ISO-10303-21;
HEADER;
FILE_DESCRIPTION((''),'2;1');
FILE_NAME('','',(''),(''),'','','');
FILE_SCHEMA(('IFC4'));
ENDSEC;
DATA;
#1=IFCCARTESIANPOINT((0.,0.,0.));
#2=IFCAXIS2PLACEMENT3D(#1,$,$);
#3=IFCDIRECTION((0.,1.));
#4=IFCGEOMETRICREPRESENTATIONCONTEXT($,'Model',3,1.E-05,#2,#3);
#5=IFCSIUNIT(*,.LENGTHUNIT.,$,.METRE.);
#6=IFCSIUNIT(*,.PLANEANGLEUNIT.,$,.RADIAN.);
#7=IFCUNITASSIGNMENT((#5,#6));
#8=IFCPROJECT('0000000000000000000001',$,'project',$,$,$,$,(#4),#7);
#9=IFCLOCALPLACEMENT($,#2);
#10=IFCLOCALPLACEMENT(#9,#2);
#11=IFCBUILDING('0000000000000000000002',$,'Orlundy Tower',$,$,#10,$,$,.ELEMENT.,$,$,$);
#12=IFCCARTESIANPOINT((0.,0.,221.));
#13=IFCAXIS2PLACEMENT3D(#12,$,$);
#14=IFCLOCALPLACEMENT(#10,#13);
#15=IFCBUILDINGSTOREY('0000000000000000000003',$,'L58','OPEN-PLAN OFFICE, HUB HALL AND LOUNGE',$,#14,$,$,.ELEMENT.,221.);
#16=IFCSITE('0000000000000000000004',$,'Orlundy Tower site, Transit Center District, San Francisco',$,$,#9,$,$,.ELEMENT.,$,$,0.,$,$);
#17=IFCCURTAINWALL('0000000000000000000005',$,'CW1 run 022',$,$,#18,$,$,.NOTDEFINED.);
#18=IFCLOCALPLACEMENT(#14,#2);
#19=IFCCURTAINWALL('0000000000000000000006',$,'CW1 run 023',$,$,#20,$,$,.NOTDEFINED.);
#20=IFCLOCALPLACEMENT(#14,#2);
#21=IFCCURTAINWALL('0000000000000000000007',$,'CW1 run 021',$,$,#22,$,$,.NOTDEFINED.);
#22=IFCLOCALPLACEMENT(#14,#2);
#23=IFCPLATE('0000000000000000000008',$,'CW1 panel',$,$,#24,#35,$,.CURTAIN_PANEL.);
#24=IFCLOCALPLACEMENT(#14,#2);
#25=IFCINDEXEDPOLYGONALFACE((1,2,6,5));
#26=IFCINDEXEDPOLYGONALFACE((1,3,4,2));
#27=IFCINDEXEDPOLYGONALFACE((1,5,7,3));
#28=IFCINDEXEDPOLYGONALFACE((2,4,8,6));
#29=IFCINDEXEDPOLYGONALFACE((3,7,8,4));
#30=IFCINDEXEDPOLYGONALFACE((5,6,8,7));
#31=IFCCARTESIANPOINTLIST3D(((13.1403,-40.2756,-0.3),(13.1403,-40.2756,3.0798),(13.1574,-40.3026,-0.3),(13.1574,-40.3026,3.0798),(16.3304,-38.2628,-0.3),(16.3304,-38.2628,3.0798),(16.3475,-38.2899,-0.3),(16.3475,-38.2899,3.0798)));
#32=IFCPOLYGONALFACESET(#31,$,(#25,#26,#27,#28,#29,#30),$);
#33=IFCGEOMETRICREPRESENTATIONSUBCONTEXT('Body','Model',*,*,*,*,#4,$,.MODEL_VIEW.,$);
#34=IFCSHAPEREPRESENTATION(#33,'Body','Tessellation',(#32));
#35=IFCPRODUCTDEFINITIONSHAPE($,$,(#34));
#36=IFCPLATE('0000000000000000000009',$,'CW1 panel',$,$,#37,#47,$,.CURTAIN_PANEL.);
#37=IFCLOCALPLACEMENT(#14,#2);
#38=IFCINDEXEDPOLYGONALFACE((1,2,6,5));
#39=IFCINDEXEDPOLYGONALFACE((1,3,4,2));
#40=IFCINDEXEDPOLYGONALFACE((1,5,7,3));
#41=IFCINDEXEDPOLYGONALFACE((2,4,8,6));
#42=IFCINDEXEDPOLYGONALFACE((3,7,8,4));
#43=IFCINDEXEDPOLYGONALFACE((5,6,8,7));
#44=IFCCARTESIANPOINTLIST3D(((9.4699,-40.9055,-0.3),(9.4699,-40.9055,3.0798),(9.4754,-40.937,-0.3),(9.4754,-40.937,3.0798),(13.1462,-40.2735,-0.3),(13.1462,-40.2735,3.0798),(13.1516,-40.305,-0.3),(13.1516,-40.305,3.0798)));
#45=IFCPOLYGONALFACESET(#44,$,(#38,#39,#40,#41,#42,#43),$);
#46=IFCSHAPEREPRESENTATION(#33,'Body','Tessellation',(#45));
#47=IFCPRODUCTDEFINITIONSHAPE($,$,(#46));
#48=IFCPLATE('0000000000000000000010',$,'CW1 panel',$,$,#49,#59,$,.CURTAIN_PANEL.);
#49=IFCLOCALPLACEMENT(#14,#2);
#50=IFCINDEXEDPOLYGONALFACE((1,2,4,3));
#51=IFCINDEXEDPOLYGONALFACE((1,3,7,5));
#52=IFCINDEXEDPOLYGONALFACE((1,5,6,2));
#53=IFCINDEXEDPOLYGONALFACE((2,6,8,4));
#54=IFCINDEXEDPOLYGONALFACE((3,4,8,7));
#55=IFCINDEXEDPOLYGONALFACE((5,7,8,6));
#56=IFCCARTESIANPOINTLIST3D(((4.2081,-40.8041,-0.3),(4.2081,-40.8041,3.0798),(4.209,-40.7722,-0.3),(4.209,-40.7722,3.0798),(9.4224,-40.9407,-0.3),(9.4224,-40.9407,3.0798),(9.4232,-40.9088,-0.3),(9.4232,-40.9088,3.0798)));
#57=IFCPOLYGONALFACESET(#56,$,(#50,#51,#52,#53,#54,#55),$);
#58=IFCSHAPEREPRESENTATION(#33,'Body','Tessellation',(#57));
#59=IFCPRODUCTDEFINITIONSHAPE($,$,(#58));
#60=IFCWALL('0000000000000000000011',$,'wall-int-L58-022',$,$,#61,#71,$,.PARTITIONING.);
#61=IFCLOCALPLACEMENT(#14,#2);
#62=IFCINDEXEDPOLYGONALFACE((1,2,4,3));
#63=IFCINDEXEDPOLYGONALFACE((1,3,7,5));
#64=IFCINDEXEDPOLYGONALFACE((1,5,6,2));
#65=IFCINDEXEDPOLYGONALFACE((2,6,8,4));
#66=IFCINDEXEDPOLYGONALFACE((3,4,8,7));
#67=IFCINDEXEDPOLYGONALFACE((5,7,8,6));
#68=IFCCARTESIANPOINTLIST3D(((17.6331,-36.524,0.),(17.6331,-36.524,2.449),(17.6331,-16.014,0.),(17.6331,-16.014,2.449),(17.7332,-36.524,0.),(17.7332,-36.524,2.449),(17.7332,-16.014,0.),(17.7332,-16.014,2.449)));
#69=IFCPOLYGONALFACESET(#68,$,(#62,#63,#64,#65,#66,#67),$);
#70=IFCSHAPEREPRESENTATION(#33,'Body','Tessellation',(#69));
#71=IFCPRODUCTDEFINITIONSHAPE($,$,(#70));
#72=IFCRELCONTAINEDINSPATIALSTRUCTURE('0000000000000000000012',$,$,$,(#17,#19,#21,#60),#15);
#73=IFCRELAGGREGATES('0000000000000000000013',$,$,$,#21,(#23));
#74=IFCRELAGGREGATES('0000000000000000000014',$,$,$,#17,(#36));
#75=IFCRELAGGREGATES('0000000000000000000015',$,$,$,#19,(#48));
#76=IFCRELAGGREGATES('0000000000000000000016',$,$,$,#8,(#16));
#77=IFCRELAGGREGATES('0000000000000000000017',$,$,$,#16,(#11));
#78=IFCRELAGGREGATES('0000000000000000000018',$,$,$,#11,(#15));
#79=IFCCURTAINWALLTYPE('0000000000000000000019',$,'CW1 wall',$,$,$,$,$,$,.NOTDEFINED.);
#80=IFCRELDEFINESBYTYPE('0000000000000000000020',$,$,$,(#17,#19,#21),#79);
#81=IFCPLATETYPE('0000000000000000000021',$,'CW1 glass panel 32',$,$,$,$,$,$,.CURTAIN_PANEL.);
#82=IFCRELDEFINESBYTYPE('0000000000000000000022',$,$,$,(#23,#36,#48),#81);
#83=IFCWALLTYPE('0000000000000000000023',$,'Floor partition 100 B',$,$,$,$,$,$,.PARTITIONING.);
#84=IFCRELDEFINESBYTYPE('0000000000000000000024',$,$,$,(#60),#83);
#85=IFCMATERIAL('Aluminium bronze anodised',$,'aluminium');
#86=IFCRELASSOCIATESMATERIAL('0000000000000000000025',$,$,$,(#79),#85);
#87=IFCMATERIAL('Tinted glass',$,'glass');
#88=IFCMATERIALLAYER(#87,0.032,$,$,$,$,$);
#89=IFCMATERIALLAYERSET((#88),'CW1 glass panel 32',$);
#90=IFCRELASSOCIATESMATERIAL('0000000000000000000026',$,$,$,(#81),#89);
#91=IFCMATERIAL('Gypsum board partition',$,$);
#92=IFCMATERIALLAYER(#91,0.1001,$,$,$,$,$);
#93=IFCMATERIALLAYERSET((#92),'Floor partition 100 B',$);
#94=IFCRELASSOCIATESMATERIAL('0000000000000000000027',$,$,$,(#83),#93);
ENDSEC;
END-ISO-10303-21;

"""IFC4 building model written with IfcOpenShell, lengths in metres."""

from ifc_helpers import new_model, si_unit, direction, frame, frame_2d, origin, origin_2d, place, context, subcontext, project, spatial, rectangle, extrude, material, layer, layer_set, type_object, element, aggregate, save


model = new_model("IFC4")

# Units and contexts
model_context = context("Model", 3, precision=1e-05, world=origin(), true_north=direction((0.0, 1.0)))
body_context = subcontext(model_context, "Body", "Model", "MODEL_VIEW")
ifc_project = project(units=[si_unit("LENGTHUNIT", "METRE"), si_unit("PLANEANGLEUNIT", "RADIAN")], contexts=[model_context])

# Site, building, storey
site_placement = place(None, origin())
site = spatial("IfcSite", under=ifc_project, at=site_placement, Name="Orlundy Tower site, Transit Center District, San Francisco", CompositionType="ELEMENT", RefElevation=0.0)
building_placement = place(site_placement, origin())
building = spatial("IfcBuilding", under=site, at=building_placement, Name="Orlundy Tower", CompositionType="ELEMENT")
storey_placement = place(building_placement, frame((0.0, 0.0, 221.0)))
storey = spatial("IfcBuildingStorey", under=building, at=storey_placement, Name="L58", Description="OPEN-PLAN OFFICE, HUB HALL AND LOUNGE", CompositionType="ELEMENT", Elevation=221.0)

# Curtain walls
ifc_material_1 = material(Name="Aluminium bronze anodised", Category="aluminium")
curtain_wall_type = type_object("IfcCurtainWallType", Name="CW1 wall", PredefinedType="NOTDEFINED", material=ifc_material_1)
curtain_wall_1_placement = place(storey_placement, origin())
curtain_wall_1 = element("IfcCurtainWall", 1, at=curtain_wall_1_placement, inside=storey, type_object=curtain_wall_type, Name="CW1 run 022", PredefinedType="NOTDEFINED")
curtain_wall_2_placement = place(storey_placement, origin())
curtain_wall_2 = element("IfcCurtainWall", 2, at=curtain_wall_2_placement, inside=storey, type_object=curtain_wall_type, Name="CW1 run 023", PredefinedType="NOTDEFINED")

# Curtain wall
curtain_wall_3_placement = place(storey_placement, origin())
curtain_wall_3 = element("IfcCurtainWall", 3, at=curtain_wall_3_placement, inside=storey, type_object=curtain_wall_type, Name="CW1 run 021", PredefinedType="NOTDEFINED")

# Plates
ifc_material_2 = material(Name="Tinted glass", Category="glass")
ifc_layer_1 = layer(ifc_material_2, 0.032)
ifc_layer_set_1 = layer_set([ifc_layer_1], Name="CW1 glass panel 32")
plate_type = type_object("IfcPlateType", Name="CW1 glass panel 32", PredefinedType="CURTAIN_PANEL", material=ifc_layer_set_1)
plate_1_placement = place(storey_placement, frame((14.7439, -39.2827, -0.3), z_axis=(0.0, 0.0, 1.0), x_axis=(-0.845732, -0.533607, 0.0)))
plate_1 = element("IfcPlate", 4, at=plate_1_placement, type_object=plate_type, Name="CW1 panel", PredefinedType="CURTAIN_PANEL", context=body_context, shape_type="SweptSolid", body=[
    extrude(rectangle(XDim=3.772, YDim=0.032, at=origin_2d()), origin(), (0.0, 0.0, 1.0), 3.3799),
])
aggregate(curtain_wall_3, [plate_1])
plate_2_placement = place(storey_placement, frame((11.3108, -40.6052, -0.3), z_axis=(0.0, 0.0, 1.0), x_axis=(-0.985543, -0.169428, 0.0)))
plate_2 = element("IfcPlate", 5, at=plate_2_placement, type_object=plate_type, Name="CW1 panel", PredefinedType="CURTAIN_PANEL", context=body_context, shape_type="SweptSolid", body=[
    extrude(rectangle(XDim=3.7302, YDim=0.032, at=origin_2d()), origin(), (0.0, 0.0, 1.0), 3.3799),
])
aggregate(curtain_wall_1, [plate_2])
plate_3_placement = place(storey_placement, frame((6.8157, -40.8564, -0.3), z_axis=(0.0, 0.0, 1.0), x_axis=(-0.999657, 0.02619, 0.0)))
plate_3 = element("IfcPlate", 6, at=plate_3_placement, type_object=plate_type, Name="CW1 panel", PredefinedType="CURTAIN_PANEL", context=body_context, shape_type="SweptSolid", body=[
    extrude(rectangle(XDim=5.2161, YDim=0.032, at=origin_2d()), origin(), (0.0, 0.0, 1.0), 3.3799),
])
aggregate(curtain_wall_2, [plate_3])

# Wall
ifc_material_3 = material(Name="Gypsum board partition")
ifc_layer_2 = layer(ifc_material_3, 0.1001)
ifc_layer_set_2 = layer_set([ifc_layer_2], Name="Floor partition 100 B")
wall_type = type_object("IfcWallType", Name="Floor partition 100 B", PredefinedType="PARTITIONING", material=ifc_layer_set_2)
wall_placement = place(storey_placement, frame((17.6831, -36.5239, 0.0), z_axis=(0.0, 0.0, 1.0), x_axis=(0.0, 1.0, 0.0)))
element("IfcWall", 7, at=wall_placement, inside=storey, type_object=wall_type, Name="wall-int-L58-022", PredefinedType="PARTITIONING", context=body_context, shape_type="SweptSolid", body=[
    extrude(rectangle(XDim=20.51, YDim=0.1001, at=frame_2d((10.2549, 0.0))), origin(), (0.0, 0.0, 1.0), 2.449),
])

save(model, "model.ifc")
